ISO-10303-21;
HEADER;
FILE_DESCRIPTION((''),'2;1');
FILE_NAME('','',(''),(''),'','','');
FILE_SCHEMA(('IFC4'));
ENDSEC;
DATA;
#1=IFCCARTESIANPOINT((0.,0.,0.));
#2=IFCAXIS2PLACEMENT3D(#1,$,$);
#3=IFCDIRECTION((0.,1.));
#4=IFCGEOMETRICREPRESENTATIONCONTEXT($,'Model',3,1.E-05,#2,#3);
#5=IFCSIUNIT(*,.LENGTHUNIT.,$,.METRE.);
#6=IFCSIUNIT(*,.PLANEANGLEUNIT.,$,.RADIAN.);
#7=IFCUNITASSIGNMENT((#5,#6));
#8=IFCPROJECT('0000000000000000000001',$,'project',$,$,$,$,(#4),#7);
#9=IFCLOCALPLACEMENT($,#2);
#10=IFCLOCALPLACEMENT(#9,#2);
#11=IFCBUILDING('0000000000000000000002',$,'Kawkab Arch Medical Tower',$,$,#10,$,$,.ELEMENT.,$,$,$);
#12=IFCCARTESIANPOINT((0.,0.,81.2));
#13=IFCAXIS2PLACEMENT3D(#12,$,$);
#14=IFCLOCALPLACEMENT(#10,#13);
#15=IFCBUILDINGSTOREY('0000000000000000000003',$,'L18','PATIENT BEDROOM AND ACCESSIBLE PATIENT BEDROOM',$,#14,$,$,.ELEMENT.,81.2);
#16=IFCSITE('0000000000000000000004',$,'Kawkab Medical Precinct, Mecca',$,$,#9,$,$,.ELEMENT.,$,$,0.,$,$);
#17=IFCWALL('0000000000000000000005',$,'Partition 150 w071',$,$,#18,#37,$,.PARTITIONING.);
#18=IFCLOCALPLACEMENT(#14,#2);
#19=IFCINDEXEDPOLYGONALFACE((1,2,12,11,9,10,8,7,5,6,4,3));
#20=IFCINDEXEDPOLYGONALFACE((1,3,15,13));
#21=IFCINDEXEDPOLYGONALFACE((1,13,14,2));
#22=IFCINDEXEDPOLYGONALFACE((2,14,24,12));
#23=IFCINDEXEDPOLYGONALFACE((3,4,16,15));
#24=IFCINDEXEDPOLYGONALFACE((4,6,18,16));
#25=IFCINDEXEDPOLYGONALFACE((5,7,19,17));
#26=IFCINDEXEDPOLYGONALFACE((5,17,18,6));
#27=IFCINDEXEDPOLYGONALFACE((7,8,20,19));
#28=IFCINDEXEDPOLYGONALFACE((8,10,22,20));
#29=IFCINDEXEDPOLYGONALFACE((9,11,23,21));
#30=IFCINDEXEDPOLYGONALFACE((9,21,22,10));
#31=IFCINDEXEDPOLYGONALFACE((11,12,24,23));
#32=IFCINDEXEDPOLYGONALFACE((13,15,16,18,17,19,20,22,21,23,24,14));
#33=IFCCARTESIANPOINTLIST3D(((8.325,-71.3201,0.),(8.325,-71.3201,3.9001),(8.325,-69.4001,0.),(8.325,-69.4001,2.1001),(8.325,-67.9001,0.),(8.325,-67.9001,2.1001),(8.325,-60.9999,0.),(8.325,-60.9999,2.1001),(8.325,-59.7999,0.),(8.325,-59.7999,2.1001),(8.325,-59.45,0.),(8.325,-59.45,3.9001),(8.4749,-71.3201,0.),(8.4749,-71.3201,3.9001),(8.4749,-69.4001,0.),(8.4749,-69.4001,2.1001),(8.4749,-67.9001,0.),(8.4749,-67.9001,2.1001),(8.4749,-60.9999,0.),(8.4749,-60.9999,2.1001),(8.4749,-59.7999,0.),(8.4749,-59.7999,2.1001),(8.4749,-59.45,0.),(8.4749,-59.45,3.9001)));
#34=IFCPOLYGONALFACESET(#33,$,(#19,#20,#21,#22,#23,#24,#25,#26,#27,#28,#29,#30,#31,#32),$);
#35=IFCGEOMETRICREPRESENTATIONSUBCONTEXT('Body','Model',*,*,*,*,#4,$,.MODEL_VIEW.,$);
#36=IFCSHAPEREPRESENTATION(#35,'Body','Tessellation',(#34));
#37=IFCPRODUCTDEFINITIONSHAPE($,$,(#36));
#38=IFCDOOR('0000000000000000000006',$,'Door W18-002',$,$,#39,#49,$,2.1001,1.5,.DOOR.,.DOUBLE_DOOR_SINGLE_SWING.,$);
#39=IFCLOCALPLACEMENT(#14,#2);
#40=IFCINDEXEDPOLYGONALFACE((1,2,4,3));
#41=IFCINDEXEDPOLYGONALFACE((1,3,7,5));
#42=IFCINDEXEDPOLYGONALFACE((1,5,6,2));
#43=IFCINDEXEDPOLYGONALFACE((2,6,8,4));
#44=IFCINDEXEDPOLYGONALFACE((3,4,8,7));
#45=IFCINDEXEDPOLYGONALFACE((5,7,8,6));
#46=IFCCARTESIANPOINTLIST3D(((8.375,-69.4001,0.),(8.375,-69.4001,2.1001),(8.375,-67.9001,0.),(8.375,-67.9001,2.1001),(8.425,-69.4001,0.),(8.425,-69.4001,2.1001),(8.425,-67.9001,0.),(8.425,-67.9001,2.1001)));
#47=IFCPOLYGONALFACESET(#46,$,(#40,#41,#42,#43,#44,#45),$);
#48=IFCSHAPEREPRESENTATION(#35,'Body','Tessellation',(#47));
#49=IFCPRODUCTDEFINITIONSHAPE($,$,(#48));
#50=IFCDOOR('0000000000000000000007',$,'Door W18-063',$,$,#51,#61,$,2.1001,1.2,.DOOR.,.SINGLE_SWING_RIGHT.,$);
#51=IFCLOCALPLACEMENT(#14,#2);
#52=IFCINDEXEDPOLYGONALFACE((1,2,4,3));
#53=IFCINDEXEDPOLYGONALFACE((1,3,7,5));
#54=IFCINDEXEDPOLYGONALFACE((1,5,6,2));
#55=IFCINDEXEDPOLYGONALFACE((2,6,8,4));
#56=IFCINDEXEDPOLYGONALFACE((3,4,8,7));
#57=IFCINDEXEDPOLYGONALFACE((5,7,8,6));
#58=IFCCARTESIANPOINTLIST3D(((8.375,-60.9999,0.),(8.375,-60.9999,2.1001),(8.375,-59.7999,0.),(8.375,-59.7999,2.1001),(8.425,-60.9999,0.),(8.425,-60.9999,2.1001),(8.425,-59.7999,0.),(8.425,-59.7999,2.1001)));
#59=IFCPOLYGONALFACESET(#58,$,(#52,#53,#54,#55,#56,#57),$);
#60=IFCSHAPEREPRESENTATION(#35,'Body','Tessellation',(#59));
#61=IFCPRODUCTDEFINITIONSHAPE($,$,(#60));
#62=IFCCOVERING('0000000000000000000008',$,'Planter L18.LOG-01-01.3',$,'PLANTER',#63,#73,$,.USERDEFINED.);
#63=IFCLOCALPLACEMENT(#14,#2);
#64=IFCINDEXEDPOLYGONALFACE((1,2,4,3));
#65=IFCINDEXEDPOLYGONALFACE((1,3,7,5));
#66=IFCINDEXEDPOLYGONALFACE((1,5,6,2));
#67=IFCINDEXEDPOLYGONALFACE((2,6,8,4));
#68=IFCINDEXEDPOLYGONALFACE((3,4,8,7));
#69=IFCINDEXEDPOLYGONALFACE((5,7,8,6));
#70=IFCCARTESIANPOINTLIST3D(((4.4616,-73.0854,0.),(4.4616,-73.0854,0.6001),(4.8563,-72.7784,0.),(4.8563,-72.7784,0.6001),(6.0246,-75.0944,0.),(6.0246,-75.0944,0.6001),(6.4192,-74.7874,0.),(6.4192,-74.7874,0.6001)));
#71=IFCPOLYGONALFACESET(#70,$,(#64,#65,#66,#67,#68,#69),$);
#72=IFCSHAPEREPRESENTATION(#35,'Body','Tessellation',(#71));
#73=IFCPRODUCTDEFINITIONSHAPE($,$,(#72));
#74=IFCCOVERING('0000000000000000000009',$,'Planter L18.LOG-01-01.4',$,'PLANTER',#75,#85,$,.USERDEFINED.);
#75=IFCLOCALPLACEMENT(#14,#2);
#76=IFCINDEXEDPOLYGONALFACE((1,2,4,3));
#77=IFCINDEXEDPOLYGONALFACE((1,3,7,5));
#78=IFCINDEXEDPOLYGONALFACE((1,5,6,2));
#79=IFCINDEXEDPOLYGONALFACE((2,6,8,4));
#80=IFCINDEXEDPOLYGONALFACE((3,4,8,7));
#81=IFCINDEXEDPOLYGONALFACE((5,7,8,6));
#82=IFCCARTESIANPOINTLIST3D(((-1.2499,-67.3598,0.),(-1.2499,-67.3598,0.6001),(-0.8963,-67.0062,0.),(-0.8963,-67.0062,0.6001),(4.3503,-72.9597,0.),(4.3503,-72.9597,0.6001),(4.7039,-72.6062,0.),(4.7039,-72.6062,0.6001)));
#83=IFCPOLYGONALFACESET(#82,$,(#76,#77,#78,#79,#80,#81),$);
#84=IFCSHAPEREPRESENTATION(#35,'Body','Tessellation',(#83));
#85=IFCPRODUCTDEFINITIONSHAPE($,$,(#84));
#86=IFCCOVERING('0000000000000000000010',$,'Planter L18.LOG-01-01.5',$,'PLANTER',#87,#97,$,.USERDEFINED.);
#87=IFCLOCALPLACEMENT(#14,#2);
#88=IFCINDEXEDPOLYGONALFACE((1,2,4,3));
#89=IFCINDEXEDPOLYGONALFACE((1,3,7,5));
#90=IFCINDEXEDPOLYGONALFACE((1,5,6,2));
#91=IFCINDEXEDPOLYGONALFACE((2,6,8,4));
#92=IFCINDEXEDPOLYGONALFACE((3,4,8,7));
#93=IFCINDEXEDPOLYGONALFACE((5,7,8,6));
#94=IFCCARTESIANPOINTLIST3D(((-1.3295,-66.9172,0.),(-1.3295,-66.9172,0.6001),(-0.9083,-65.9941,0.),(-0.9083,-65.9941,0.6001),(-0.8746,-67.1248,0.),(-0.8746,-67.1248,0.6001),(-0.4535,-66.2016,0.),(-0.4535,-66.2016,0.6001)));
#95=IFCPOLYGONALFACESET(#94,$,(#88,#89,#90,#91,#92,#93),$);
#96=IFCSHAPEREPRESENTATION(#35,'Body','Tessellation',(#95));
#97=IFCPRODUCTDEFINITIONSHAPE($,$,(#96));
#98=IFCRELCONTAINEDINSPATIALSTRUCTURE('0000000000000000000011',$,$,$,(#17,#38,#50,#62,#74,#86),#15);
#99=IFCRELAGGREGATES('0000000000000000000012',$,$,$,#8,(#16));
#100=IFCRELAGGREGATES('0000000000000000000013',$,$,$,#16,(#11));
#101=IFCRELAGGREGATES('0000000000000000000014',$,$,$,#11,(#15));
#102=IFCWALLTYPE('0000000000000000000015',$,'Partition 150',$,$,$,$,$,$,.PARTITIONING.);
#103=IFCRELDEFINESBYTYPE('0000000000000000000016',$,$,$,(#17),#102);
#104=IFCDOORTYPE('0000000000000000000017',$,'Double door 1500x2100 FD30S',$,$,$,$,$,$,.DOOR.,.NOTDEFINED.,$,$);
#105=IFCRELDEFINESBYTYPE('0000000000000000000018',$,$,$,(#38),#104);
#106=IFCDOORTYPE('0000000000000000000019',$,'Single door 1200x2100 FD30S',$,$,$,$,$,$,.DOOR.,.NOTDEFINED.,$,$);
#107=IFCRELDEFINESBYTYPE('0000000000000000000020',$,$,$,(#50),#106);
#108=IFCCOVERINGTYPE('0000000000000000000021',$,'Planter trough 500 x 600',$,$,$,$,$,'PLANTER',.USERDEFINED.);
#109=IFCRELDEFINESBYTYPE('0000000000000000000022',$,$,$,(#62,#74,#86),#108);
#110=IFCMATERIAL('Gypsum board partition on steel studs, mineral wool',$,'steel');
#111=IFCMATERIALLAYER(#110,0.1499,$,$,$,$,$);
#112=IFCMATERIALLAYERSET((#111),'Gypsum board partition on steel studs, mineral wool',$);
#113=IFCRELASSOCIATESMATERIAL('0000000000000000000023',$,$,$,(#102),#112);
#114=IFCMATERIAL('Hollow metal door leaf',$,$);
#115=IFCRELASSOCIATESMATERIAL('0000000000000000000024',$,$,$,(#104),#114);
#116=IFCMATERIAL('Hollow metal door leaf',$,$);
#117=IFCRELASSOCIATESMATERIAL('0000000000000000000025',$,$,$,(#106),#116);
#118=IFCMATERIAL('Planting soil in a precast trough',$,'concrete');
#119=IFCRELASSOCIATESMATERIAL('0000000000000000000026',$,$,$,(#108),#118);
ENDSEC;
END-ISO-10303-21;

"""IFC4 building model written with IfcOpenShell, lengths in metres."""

from ifc_helpers import new_model, si_unit, direction, frame, frame_2d, origin, origin_2d, place, context, subcontext, project, spatial, rectangle, extrude, material, layer, layer_set, material_profile, profile_set, type_object, element, fill, save


model = new_model("IFC4")

# Units and contexts
model_context = context("Model", 3, precision=1e-05, world=origin(), true_north=direction((0.0, 1.0)))
body_context = subcontext(model_context, "Body", "Model", "MODEL_VIEW")
ifc_project = project(units=[si_unit("LENGTHUNIT", "METRE"), si_unit("PLANEANGLEUNIT", "RADIAN")], contexts=[model_context])

# Site, building, storey
site_placement = place(None, origin())
site = spatial("IfcSite", under=ifc_project, at=site_placement, Name="Kawkab Medical Precinct, Mecca", CompositionType="ELEMENT", RefElevation=0.0)
building_placement = place(site_placement, origin())
building = spatial("IfcBuilding", under=site, at=building_placement, Name="Kawkab Arch Medical Tower", CompositionType="ELEMENT")
storey_placement = place(building_placement, frame((0.0, 0.0, 81.2)))
storey = spatial("IfcBuildingStorey", under=building, at=storey_placement, Name="L18", Description="PATIENT BEDROOM AND ACCESSIBLE PATIENT BEDROOM", CompositionType="ELEMENT", Elevation=81.2)

# Wall, openings, doors
ifc_material_1 = material(Name="Gypsum board partition on steel studs, mineral wool", Category="steel")
ifc_layer_1 = layer(ifc_material_1, 0.1499)
ifc_layer_set_1 = layer_set([ifc_layer_1], Name="Gypsum board partition on steel studs, mineral wool")
wall_type_1 = type_object("IfcWallType", Name="Partition 150", PredefinedType="PARTITIONING", material=ifc_layer_set_1)
wall_1_placement = place(storey_placement, frame((8.3999, -71.3201, 0.0), z_axis=(0.0, 0.0, 1.0), x_axis=(0.0, 1.0, 0.0)))
wall_1 = element("IfcWall", 1, at=wall_1_placement, inside=storey, type_object=wall_type_1, Name="Partition 150 w071", PredefinedType="PARTITIONING", context=body_context, shape_type="SweptSolid", body=[
    extrude(rectangle(XDim=11.8701, YDim=0.1499, at=frame_2d((5.9351, 0.0))), origin(), (0.0, 0.0, 1.0), 3.9001),
])
opening_1_placement = place(wall_1_placement, frame((10.3201, 0.0, 0.0)))
opening_1 = element("IfcOpeningElement", 2, at=opening_1_placement, cuts=wall_1, PredefinedType="OPENING", context=body_context, shape_type="SweptSolid", body=[
    extrude(rectangle(XDim=1.2, YDim=2.1001, at=frame_2d((0.6001, 1.05))), frame((0.0, 0.085, 0.0), z_axis=(0.0, -1.0, 0.0), x_axis=(1.0, 0.0, 0.0)), (0.0, 0.0, 1.0), 0.1699),
])
opening_2_placement = place(wall_1_placement, frame((1.9199, 0.0, 0.0)))
opening_2 = element("IfcOpeningElement", 3, at=opening_2_placement, cuts=wall_1, PredefinedType="OPENING", context=body_context, shape_type="SweptSolid", body=[
    extrude(rectangle(XDim=1.5, YDim=2.1001, at=frame_2d((0.75, 1.05))), frame((0.0, 0.085, 0.0), z_axis=(0.0, -1.0, 0.0), x_axis=(1.0, 0.0, 0.0)), (0.0, 0.0, 1.0), 0.1699),
])
ifc_material_2 = material(Name="Hollow metal door leaf")
door_type_1 = type_object("IfcDoorType", Name="Double door 1500x2100 FD30S", OperationType="NOTDEFINED", PredefinedType="DOOR", material=ifc_material_2)
door_1_placement = place(opening_2_placement, origin())
door_1 = element("IfcDoor", 4, at=door_1_placement, inside=storey, type_object=door_type_1, Name="Door W18-002", OperationType="DOUBLE_DOOR_SINGLE_SWING", OverallHeight=2.1001, OverallWidth=1.5, PredefinedType="DOOR", context=body_context, shape_type="SweptSolid", body=[
    extrude(rectangle(XDim=1.5, YDim=2.1001, at=frame_2d((0.75, 1.05))), frame((0.0, 0.0249, 0.0), z_axis=(0.0, -1.0, 0.0), x_axis=(1.0, 0.0, 0.0)), (0.0, 0.0, 1.0), 0.05),
])
fill(opening_2, door_1)
ifc_material_3 = material(Name="Hollow metal door leaf")
door_type_2 = type_object("IfcDoorType", Name="Single door 1200x2100 FD30S", OperationType="NOTDEFINED", PredefinedType="DOOR", material=ifc_material_3)
door_2_placement = place(opening_1_placement, origin())
door_2 = element("IfcDoor", 5, at=door_2_placement, inside=storey, type_object=door_type_2, Name="Door W18-063", OperationType="SINGLE_SWING_RIGHT", OverallHeight=2.1001, OverallWidth=1.2, PredefinedType="DOOR", context=body_context, shape_type="SweptSolid", body=[
    extrude(rectangle(XDim=1.2, YDim=2.1001, at=frame_2d((0.6001, 1.05))), frame((0.0, 0.0249, 0.0), z_axis=(0.0, -1.0, 0.0), x_axis=(1.0, 0.0, 0.0)), (0.0, 0.0, 1.0), 0.05),
])
fill(opening_1, door_2)

# Coverings
ifc_material_4 = material(Name="Planting soil in a precast trough", Category="concrete")
ifc_material_profile_1 = material_profile(ifc_material_4, rectangle(XDim=0.5, YDim=0.6001, at=origin_2d()), Name="Trough 500x600")
ifc_profile_set_1 = profile_set([ifc_material_profile_1], Name="Planting soil in a precast trough")
covering_type = type_object("IfcCoveringType", Name="Planter trough 500 x 600", ElementType="PLANTER", PredefinedType="USERDEFINED", material=ifc_profile_set_1)
covering_1_placement = place(storey_placement, frame((6.2219, -74.9409, 0.3), z_axis=(-0.61404, 0.789275, 0.0), x_axis=(-0.789275, -0.61404, 0.0)))
element("IfcCovering", 6, at=covering_1_placement, inside=storey, type_object=covering_type, Name="Planter L18.LOG-01-01.3", ObjectType="PLANTER", PredefinedType="USERDEFINED", context=body_context, shape_type="SweptSolid", body=[
    extrude(rectangle(XDim=0.5, YDim=0.6001, at=origin_2d()), origin(), (0.0, 0.0, 1.0), 2.5454),
])
covering_2_placement = place(storey_placement, frame((4.5271, -72.783, 0.3), z_axis=(-0.707122, 0.707091, 0.0), x_axis=(-0.707091, -0.707122, 0.0)))
element("IfcCovering", 7, at=covering_2_placement, inside=storey, type_object=covering_type, Name="Planter L18.LOG-01-01.4", ObjectType="PLANTER", PredefinedType="USERDEFINED", context=body_context, shape_type="SweptSolid", body=[
    extrude(rectangle(XDim=0.5, YDim=0.6001, at=origin_2d()), origin(), (0.0, 0.0, 1.0), 7.9197),
])
covering_3_placement = place(storey_placement, frame((-1.1021, -67.021, 0.3), z_axis=(0.415072, 0.909789, 0.0), x_axis=(-0.909789, 0.415072, 0.0)))
element("IfcCovering", 8, at=covering_3_placement, inside=storey, type_object=covering_type, Name="Planter L18.LOG-01-01.5", ObjectType="PLANTER", PredefinedType="USERDEFINED", context=body_context, shape_type="SweptSolid", body=[
    extrude(rectangle(XDim=0.5, YDim=0.6001, at=origin_2d()), origin(), (0.0, 0.0, 1.0), 1.0146),
])

save(model, "model.ifc")
